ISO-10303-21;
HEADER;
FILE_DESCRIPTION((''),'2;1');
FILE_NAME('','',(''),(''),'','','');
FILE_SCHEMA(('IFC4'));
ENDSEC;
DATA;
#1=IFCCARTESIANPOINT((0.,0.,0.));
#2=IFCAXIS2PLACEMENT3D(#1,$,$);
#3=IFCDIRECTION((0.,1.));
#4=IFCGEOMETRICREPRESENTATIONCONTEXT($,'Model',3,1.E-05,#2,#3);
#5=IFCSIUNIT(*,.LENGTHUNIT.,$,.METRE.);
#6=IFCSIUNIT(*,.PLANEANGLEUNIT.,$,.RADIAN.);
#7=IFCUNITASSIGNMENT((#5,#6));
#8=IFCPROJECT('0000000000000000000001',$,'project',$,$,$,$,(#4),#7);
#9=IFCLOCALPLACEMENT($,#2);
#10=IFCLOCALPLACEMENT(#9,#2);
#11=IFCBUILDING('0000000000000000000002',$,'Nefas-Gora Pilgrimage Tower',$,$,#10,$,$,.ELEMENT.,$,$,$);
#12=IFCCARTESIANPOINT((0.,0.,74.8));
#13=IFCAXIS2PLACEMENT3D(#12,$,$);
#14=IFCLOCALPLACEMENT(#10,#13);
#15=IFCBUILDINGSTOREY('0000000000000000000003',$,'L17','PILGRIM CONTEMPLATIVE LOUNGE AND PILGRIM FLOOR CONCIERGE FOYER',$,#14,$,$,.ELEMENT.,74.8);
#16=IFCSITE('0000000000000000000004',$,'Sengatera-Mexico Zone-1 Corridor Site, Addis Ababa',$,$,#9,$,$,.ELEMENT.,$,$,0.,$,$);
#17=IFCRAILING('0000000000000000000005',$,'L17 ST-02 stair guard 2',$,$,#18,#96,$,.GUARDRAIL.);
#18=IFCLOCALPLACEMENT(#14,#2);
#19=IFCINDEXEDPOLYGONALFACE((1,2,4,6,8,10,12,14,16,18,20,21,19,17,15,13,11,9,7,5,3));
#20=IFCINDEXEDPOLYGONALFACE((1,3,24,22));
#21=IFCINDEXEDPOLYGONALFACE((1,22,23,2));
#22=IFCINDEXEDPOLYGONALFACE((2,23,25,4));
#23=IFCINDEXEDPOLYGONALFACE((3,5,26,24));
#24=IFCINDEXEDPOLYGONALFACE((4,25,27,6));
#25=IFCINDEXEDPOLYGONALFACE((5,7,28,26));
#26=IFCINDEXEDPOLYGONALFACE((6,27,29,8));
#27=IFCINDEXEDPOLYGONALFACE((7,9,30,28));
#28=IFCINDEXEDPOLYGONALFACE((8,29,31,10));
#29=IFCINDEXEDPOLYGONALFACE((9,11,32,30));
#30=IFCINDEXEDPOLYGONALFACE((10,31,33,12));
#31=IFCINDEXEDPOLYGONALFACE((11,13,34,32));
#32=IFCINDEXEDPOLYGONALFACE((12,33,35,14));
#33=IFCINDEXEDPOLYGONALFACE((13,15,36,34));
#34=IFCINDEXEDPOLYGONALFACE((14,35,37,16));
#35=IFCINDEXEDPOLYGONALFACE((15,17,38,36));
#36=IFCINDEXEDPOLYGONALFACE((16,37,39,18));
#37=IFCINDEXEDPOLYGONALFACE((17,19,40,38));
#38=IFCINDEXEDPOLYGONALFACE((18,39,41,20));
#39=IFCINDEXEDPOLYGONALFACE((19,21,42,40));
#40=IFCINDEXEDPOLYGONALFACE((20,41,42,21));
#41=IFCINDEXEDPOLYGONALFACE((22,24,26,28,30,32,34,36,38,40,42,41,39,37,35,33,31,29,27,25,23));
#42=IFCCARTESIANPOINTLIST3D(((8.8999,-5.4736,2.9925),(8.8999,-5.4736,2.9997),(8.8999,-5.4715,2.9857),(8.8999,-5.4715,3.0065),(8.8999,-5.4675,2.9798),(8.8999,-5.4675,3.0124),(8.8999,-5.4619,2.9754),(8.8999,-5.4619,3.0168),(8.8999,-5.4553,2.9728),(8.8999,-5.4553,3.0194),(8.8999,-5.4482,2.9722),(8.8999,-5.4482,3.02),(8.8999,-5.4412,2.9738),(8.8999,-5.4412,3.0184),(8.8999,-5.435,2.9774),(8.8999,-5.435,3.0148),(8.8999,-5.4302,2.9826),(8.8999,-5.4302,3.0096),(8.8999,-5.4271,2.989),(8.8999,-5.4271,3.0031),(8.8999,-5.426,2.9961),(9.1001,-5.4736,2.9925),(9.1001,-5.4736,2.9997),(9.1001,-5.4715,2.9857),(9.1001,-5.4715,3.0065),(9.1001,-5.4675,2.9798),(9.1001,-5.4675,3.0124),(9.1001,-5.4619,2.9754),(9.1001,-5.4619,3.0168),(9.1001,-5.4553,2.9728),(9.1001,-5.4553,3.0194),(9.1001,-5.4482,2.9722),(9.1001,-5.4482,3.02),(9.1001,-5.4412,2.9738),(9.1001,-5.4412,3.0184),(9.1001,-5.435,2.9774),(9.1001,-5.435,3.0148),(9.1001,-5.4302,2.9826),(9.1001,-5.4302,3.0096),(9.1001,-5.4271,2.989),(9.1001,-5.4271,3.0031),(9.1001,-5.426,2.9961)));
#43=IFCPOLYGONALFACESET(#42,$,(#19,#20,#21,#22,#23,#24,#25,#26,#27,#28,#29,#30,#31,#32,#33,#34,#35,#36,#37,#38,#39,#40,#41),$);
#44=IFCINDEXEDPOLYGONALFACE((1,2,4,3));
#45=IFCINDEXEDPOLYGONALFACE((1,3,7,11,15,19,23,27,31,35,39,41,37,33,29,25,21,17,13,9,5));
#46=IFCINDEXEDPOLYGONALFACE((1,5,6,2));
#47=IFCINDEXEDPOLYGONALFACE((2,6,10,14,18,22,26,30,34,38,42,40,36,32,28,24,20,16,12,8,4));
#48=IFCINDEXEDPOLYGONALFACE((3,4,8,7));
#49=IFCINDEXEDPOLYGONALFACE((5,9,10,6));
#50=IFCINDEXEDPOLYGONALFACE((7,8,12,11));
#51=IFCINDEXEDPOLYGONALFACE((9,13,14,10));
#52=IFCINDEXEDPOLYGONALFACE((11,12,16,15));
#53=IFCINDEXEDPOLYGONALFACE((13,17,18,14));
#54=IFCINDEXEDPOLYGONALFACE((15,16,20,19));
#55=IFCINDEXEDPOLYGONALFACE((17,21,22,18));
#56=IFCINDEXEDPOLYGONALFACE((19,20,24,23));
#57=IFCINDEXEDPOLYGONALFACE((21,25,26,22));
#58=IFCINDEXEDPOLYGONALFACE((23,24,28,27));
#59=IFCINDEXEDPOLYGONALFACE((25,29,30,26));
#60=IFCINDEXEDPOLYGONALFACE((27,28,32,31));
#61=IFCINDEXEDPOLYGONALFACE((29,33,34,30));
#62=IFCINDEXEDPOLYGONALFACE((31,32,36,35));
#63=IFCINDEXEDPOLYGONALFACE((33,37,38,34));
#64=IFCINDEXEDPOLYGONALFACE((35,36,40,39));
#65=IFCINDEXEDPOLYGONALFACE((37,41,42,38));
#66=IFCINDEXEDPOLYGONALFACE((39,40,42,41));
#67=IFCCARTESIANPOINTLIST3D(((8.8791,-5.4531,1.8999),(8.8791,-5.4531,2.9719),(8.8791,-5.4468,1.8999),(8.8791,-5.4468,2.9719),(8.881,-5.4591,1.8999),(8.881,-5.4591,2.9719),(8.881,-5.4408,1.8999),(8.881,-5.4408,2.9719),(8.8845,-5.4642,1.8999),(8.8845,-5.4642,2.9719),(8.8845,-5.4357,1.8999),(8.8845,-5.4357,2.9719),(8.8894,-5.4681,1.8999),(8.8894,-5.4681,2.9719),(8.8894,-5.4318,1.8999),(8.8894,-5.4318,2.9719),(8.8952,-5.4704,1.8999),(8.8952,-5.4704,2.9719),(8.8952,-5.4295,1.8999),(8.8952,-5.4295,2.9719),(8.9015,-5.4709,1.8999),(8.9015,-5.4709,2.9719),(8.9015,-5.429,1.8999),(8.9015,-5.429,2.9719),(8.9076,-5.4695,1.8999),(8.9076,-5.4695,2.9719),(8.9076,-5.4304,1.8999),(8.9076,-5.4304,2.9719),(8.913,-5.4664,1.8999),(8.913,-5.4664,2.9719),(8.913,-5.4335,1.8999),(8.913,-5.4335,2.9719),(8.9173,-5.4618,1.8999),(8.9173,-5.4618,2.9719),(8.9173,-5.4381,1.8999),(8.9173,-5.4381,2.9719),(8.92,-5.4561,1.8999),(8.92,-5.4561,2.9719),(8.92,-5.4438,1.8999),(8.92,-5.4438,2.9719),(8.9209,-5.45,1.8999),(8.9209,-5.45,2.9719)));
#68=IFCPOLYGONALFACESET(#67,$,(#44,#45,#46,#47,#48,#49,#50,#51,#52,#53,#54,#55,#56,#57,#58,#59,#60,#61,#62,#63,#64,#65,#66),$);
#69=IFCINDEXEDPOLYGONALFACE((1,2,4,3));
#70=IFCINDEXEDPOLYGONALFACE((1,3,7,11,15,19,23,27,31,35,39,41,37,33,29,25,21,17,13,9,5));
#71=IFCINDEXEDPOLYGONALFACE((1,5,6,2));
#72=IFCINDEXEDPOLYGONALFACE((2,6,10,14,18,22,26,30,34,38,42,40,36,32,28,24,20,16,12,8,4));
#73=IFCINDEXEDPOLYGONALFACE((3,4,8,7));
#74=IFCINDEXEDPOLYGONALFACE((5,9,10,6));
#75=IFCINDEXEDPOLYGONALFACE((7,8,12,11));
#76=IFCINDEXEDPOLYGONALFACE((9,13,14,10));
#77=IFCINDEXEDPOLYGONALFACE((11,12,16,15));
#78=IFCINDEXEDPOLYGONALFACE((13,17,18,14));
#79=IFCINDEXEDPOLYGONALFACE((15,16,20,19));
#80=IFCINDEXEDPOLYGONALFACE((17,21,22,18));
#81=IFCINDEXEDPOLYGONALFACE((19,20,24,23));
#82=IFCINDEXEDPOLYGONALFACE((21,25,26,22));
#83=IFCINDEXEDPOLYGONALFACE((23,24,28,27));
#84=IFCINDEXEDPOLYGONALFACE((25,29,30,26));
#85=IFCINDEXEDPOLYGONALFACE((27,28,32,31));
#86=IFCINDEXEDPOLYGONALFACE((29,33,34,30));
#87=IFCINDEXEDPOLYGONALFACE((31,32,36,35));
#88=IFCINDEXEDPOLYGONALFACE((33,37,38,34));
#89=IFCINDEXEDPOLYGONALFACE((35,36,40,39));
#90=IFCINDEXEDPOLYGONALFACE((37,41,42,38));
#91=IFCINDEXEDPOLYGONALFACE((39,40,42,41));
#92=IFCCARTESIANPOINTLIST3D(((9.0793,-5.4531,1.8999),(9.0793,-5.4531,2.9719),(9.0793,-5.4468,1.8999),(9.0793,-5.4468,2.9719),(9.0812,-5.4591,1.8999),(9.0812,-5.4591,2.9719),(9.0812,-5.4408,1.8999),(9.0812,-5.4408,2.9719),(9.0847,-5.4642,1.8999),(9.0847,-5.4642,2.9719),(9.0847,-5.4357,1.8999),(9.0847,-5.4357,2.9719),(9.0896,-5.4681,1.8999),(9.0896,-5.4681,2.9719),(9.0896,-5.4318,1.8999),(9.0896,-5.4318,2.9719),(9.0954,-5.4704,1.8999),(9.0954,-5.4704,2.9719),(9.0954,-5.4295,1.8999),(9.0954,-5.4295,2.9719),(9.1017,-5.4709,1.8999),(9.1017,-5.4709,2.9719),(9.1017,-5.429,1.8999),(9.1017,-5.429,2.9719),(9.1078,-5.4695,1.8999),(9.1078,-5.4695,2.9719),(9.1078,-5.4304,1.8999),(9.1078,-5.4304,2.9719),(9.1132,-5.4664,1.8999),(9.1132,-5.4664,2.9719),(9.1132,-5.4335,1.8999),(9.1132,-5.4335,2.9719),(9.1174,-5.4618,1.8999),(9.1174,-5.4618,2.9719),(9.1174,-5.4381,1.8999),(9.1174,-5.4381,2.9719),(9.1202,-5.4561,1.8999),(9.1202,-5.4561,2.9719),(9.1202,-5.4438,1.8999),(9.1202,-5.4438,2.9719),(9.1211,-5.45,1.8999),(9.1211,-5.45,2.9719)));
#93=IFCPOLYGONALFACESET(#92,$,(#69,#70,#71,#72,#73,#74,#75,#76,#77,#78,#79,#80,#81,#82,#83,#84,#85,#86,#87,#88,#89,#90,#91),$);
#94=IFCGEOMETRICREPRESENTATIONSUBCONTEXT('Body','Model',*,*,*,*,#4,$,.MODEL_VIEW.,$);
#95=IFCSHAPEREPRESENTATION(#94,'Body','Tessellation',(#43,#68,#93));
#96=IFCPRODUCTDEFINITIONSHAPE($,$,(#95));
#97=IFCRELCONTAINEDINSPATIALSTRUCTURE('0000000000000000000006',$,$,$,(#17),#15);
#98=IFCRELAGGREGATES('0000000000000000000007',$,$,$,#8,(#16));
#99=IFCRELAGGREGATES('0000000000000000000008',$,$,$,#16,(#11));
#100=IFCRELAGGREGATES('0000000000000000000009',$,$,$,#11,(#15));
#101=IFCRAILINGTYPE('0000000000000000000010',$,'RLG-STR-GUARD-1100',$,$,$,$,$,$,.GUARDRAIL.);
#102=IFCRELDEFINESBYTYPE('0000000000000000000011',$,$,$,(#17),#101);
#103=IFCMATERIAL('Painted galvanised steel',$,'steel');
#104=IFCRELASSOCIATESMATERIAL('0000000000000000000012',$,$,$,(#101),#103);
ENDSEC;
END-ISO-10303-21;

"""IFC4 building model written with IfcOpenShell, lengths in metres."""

from ifc_helpers import new_model, si_unit, direction, frame, origin, origin_2d, place, context, subcontext, project, spatial, circle, extrude, material, type_object, element, save


model = new_model("IFC4")

# Units and contexts
model_context = context("Model", 3, precision=1e-05, world=origin(), true_north=direction((0.0, 1.0)))
body_context = subcontext(model_context, "Body", "Model", "MODEL_VIEW")
ifc_project = project(units=[si_unit("LENGTHUNIT", "METRE"), si_unit("PLANEANGLEUNIT", "RADIAN")], contexts=[model_context])

# Site, building, storey
site_placement = place(None, origin())
site = spatial("IfcSite", under=ifc_project, at=site_placement, Name="Sengatera-Mexico Zone-1 Corridor Site, Addis Ababa", CompositionType="ELEMENT", RefElevation=0.0)
building_placement = place(site_placement, origin())
building = spatial("IfcBuilding", under=site, at=building_placement, Name="Nefas-Gora Pilgrimage Tower", CompositionType="ELEMENT")
storey_placement = place(building_placement, frame((0.0, 0.0, 74.8)))
storey = spatial("IfcBuildingStorey", under=building, at=storey_placement, Name="L17", Description="PILGRIM CONTEMPLATIVE LOUNGE AND PILGRIM FLOOR CONCIERGE FOYER", CompositionType="ELEMENT", Elevation=74.8)

# Railing
ifc_material_1 = material(Name="Painted galvanised steel", Category="steel")
railing_type_1 = type_object("IfcRailingType", Name="RLG-STR-GUARD-1100", PredefinedType="GUARDRAIL", material=ifc_material_1)
railing_1_placement = place(storey_placement, frame((8.8999, -5.45, 1.8999)))
element("IfcRailing", 1, at=railing_1_placement, inside=storey, type_object=railing_type_1, Name="L17 ST-02 stair guard 2", PredefinedType="GUARDRAIL", context=body_context, shape_type="SweptSolid", body=[
    extrude(circle(Radius=0.0239, at=origin_2d()), frame((0.0, 0.0, 1.0962), z_axis=(1.0, 0.0, 0.0), x_axis=(0.0, 1.0, 0.0)), (0.0, 0.0, 1.0), 0.2002),
    extrude(circle(Radius=0.021, at=origin_2d()), origin(), (0.0, 0.0, 1.0), 1.072),
    extrude(circle(Radius=0.021, at=origin_2d()), frame((0.2002, 0.0, 0.0)), (0.0, 0.0, 1.0), 1.072),
])

save(model, "model.ifc")
